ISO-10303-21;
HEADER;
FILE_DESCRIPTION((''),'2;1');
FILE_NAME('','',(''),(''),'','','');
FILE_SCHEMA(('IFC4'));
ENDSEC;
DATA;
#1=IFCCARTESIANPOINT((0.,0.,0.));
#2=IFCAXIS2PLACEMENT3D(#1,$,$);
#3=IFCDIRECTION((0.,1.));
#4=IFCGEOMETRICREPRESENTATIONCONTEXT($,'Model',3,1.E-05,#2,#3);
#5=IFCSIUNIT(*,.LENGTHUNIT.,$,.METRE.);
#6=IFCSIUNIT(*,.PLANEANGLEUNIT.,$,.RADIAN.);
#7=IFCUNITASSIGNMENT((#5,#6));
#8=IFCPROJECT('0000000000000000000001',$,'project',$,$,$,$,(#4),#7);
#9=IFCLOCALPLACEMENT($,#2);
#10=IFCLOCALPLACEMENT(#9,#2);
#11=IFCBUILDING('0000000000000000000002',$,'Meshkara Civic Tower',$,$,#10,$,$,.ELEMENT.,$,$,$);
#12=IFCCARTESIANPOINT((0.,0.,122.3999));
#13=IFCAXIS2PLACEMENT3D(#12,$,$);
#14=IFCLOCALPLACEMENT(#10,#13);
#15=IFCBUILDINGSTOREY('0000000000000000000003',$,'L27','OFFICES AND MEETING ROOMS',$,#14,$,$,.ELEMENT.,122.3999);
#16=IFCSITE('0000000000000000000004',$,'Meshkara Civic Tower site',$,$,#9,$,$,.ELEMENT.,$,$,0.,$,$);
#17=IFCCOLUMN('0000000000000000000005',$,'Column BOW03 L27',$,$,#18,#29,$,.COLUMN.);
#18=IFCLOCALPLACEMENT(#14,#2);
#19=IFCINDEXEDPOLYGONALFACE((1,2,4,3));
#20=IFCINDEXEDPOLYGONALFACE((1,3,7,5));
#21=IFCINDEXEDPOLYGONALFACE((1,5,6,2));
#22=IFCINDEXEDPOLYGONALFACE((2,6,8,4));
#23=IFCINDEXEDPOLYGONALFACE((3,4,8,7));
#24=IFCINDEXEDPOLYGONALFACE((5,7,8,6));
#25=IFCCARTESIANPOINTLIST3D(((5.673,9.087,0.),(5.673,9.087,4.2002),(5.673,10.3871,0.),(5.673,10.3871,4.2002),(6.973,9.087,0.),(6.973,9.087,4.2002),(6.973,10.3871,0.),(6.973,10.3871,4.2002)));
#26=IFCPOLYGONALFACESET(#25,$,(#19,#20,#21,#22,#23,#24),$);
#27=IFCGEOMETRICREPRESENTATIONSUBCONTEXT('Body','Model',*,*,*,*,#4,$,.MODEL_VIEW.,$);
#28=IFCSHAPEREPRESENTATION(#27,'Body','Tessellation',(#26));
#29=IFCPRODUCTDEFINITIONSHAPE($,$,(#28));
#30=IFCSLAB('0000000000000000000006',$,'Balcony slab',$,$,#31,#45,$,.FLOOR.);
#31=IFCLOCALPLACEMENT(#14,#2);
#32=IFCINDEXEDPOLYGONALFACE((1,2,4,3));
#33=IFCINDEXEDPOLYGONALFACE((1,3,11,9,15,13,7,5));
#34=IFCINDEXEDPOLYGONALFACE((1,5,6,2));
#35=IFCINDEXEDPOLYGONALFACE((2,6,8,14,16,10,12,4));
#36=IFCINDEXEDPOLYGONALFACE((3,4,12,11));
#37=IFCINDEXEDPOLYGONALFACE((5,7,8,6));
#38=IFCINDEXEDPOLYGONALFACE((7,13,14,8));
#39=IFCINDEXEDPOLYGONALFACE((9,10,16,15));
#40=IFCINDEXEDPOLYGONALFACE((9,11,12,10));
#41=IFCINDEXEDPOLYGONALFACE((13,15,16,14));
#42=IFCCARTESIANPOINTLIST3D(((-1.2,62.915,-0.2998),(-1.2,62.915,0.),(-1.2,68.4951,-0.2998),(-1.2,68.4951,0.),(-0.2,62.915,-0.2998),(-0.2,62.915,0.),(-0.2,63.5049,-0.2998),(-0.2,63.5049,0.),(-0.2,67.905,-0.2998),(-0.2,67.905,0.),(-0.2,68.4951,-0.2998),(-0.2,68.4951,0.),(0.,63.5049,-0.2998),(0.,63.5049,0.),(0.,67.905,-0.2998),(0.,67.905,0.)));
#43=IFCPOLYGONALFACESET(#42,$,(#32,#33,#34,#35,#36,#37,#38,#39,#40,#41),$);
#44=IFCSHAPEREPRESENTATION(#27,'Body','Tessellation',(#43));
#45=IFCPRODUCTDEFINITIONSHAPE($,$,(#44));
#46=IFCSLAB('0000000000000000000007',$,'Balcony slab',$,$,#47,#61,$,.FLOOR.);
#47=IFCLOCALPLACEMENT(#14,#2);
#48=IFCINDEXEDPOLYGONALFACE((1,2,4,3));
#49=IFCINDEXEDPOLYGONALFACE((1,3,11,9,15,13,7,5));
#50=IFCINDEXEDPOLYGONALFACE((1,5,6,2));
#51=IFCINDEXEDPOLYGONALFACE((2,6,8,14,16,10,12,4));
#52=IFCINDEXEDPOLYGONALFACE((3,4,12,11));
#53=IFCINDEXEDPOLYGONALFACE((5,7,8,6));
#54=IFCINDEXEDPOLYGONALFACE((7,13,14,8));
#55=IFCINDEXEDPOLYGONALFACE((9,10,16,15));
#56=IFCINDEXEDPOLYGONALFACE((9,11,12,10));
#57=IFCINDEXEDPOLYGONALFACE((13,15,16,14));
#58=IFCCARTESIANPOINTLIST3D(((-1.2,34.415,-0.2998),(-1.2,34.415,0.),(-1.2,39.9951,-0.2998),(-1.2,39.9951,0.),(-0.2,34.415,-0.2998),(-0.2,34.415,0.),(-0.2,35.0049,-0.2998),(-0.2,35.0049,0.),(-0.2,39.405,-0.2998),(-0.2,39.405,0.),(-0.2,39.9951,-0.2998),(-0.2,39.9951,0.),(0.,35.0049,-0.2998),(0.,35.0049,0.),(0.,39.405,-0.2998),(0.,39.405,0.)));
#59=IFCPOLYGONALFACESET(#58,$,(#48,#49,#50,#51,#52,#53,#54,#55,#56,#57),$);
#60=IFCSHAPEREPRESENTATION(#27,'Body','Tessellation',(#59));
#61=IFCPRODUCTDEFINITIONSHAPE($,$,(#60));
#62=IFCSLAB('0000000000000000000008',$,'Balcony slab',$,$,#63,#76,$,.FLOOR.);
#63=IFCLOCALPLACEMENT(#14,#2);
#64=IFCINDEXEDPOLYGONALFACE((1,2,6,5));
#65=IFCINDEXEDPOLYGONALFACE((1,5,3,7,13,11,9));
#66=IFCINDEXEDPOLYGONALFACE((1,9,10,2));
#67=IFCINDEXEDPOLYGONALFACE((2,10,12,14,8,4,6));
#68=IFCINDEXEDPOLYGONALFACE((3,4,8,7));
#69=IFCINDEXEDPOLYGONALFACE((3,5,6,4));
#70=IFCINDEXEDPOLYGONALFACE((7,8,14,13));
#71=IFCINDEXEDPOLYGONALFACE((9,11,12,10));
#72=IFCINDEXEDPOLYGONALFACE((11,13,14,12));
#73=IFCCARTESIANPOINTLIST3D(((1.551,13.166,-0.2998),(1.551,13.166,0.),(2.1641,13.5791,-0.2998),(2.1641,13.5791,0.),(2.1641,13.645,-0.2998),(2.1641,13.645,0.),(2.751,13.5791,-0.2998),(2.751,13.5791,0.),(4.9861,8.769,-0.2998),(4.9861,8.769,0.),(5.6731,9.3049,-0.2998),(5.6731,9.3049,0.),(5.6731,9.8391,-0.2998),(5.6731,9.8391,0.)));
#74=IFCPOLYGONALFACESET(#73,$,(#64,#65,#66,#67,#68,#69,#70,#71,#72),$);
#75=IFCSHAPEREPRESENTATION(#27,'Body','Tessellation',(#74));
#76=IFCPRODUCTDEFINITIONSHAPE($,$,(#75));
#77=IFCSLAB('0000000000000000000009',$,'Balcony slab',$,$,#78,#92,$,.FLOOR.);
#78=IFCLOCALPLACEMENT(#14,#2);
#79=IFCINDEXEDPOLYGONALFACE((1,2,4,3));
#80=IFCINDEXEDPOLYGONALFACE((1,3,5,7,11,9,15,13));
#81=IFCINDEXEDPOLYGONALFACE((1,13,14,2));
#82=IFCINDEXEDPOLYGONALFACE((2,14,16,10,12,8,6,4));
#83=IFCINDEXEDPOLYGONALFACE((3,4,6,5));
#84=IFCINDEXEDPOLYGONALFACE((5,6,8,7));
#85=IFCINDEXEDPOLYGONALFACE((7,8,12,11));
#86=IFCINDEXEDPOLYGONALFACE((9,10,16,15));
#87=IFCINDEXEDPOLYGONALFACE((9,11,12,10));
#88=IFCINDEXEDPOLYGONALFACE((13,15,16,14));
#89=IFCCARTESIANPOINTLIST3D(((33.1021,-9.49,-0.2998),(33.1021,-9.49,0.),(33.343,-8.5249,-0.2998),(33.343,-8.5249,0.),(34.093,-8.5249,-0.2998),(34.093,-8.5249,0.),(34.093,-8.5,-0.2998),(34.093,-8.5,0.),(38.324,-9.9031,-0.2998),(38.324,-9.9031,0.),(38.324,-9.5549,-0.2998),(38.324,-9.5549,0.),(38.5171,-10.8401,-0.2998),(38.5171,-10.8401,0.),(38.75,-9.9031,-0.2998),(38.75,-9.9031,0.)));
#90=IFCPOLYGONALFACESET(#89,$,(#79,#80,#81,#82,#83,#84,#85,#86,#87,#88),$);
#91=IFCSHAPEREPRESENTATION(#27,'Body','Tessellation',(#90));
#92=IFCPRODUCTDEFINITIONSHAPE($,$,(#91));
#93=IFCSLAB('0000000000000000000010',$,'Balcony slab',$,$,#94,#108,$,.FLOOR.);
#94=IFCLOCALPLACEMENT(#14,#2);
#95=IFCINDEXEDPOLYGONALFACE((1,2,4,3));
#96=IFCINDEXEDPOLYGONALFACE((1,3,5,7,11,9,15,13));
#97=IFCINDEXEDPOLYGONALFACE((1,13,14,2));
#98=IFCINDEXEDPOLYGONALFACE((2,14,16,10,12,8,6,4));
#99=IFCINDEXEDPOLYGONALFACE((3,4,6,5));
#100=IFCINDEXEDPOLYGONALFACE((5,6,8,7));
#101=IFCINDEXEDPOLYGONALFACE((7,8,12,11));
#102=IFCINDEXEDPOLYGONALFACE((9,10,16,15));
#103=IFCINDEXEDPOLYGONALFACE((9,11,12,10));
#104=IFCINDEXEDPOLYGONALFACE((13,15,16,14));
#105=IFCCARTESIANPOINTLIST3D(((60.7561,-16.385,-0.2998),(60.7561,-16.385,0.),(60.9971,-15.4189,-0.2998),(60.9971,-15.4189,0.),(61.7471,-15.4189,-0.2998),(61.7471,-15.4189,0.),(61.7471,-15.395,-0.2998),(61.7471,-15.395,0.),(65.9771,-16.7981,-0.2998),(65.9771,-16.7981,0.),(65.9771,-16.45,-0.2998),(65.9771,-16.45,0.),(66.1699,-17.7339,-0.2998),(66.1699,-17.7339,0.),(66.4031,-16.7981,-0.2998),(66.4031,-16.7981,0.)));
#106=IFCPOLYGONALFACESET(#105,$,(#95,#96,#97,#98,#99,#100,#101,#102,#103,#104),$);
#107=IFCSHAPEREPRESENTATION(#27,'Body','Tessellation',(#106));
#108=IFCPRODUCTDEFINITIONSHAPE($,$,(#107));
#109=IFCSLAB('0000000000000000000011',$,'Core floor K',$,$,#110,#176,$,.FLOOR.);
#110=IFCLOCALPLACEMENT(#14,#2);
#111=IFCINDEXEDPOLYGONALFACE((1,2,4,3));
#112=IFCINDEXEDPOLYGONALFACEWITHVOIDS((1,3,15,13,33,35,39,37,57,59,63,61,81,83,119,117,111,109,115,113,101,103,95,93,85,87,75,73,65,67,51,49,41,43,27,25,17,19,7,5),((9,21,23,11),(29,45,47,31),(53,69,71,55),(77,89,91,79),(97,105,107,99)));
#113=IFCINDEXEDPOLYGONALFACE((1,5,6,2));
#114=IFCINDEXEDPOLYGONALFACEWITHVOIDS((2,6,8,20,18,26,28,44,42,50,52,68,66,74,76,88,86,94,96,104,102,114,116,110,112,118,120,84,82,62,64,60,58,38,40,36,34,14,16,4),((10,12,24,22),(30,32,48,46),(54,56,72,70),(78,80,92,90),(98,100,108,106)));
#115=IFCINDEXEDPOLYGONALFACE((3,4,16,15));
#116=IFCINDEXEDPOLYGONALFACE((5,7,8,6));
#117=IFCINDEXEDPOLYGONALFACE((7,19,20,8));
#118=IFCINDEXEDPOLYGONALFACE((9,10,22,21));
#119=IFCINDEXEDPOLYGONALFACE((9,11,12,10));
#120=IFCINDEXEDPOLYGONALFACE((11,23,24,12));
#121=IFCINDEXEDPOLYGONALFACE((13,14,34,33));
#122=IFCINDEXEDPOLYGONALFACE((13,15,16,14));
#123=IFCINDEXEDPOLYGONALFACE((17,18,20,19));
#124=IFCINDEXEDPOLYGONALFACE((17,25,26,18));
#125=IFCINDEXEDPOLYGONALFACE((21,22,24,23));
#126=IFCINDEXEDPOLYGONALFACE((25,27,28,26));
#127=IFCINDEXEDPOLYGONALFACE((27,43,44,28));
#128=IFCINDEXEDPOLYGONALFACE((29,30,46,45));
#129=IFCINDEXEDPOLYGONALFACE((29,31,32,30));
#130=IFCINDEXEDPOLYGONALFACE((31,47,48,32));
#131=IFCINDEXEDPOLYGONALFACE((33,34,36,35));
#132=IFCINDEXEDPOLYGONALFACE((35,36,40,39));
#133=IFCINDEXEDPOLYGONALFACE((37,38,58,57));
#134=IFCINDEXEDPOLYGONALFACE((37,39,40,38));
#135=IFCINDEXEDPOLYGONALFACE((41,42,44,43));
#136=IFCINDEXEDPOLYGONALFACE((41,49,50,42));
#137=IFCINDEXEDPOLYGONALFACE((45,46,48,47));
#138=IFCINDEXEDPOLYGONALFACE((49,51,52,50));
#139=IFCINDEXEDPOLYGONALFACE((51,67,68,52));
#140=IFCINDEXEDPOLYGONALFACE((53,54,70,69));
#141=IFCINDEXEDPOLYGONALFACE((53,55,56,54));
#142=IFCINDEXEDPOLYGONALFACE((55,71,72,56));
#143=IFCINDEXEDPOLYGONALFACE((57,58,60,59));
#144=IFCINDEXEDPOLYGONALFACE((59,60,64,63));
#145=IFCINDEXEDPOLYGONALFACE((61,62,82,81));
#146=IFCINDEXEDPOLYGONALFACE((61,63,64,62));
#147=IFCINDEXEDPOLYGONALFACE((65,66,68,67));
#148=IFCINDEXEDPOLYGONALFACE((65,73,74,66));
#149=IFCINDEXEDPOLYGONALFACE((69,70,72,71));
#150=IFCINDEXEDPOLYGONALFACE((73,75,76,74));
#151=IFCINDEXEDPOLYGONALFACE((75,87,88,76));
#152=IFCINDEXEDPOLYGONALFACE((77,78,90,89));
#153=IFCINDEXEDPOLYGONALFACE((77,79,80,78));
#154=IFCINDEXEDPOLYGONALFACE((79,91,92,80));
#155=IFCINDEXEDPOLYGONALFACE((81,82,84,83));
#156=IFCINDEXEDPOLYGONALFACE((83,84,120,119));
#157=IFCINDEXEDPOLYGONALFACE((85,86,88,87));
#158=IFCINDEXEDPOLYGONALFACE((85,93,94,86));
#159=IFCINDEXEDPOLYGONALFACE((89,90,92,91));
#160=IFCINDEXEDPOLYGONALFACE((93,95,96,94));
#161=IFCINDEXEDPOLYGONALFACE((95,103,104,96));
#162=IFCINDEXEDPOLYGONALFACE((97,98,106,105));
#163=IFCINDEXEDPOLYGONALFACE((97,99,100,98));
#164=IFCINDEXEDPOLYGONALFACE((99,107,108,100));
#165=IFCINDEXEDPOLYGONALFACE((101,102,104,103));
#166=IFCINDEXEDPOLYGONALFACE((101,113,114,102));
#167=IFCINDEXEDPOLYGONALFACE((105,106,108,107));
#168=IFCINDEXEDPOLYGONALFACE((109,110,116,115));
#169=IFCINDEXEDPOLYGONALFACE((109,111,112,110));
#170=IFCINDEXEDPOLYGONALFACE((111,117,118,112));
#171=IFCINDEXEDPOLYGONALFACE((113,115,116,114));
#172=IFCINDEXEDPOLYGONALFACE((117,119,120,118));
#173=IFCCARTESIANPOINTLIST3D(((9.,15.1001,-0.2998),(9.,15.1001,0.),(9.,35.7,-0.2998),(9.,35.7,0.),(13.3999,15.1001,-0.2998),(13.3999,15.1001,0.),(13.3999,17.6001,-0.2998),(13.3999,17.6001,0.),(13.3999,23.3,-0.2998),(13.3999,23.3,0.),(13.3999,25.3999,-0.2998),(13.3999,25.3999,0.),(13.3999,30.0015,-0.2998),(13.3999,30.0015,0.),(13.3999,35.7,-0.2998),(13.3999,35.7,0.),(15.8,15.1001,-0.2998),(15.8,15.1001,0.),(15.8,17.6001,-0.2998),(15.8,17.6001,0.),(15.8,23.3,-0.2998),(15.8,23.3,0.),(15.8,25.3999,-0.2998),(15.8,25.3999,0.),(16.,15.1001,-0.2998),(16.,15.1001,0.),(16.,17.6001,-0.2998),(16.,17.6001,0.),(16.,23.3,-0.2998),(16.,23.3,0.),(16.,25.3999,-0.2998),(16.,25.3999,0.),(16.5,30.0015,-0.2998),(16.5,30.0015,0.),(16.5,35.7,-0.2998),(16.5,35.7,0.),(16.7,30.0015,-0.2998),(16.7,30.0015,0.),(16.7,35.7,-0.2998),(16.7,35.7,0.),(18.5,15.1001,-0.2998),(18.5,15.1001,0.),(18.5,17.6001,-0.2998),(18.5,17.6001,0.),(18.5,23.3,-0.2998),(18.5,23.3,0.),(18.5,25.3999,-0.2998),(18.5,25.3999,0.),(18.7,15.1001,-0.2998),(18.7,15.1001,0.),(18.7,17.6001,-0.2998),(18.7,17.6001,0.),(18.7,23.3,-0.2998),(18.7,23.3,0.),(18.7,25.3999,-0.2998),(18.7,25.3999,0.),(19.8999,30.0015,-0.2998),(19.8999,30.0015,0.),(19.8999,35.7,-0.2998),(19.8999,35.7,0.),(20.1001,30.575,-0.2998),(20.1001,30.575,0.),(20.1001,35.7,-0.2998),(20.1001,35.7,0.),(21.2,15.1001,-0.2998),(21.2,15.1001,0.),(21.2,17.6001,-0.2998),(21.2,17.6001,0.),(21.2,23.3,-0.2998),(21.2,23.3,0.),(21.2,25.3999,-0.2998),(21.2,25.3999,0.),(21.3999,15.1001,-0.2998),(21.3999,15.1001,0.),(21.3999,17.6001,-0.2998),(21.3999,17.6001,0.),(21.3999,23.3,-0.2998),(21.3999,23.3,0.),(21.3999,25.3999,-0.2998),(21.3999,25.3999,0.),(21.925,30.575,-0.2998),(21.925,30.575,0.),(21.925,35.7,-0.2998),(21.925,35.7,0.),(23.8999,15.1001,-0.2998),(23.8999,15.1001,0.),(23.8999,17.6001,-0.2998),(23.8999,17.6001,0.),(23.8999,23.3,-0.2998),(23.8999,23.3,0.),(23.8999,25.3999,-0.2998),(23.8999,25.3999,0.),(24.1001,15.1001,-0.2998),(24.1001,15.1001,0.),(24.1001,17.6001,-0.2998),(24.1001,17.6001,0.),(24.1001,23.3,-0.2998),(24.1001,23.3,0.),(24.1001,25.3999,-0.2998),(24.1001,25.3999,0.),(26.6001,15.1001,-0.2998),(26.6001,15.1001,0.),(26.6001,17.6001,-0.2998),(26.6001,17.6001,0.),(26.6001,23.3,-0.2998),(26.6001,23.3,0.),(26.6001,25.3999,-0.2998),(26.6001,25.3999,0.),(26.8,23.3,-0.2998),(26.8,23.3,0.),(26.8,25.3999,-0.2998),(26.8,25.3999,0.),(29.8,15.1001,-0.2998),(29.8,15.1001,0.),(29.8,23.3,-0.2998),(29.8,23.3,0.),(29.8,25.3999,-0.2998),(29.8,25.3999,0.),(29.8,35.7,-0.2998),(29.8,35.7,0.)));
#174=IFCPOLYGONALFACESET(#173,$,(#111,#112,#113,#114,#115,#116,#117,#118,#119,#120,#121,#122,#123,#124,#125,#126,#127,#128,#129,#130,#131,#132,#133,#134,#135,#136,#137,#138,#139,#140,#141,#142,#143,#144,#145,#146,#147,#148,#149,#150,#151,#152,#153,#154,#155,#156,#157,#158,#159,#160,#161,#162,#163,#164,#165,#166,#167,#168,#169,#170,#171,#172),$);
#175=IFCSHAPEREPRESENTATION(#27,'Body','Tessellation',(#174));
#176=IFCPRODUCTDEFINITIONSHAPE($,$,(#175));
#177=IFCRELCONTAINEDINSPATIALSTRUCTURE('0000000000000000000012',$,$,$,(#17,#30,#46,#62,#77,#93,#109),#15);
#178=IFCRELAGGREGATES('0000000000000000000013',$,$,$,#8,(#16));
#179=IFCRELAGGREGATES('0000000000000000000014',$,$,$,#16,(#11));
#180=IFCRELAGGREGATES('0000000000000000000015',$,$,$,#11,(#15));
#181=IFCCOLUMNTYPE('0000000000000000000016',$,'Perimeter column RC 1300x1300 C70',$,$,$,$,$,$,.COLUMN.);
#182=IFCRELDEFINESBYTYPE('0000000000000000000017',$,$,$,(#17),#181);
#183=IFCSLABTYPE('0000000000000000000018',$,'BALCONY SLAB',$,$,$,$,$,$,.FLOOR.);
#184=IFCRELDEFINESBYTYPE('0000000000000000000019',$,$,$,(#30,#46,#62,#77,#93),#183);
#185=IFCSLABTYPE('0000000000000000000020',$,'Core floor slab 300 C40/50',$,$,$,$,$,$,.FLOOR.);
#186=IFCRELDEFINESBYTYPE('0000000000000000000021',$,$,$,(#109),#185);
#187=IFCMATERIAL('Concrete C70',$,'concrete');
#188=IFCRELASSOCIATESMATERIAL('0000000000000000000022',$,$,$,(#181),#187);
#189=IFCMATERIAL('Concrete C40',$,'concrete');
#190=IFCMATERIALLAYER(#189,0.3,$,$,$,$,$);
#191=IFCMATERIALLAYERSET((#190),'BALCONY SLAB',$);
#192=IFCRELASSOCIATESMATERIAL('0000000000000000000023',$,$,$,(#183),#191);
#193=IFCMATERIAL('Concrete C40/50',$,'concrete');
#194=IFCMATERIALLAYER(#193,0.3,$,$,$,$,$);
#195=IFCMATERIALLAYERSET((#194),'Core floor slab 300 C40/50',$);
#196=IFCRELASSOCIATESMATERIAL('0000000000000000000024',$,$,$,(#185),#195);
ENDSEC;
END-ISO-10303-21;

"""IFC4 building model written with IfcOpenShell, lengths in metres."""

from ifc_helpers import new_model, si_unit, direction, frame, origin, origin_2d, place, context, subcontext, project, spatial, polyline, rectangle, outline, extrude, material, layer, layer_set, material_profile, profile_set, type_object, element, save


model = new_model("IFC4")

# Units and contexts
model_context = context("Model", 3, precision=1e-05, world=origin(), true_north=direction((0.0, 1.0)))
body_context = subcontext(model_context, "Body", "Model", "MODEL_VIEW")
ifc_project = project(units=[si_unit("LENGTHUNIT", "METRE"), si_unit("PLANEANGLEUNIT", "RADIAN")], contexts=[model_context])

# Site, building, storey
site_placement = place(None, origin())
site = spatial("IfcSite", under=ifc_project, at=site_placement, Name="Meshkara Civic Tower site", CompositionType="ELEMENT", RefElevation=0.0)
building_placement = place(site_placement, origin())
building = spatial("IfcBuilding", under=site, at=building_placement, Name="Meshkara Civic Tower", CompositionType="ELEMENT")
storey_placement = place(building_placement, frame((0.0, 0.0, 122.3999)))
storey = spatial("IfcBuildingStorey", under=building, at=storey_placement, Name="L27", Description="OFFICES AND MEETING ROOMS", CompositionType="ELEMENT", Elevation=122.3999)

# Column
ifc_material_1 = material(Name="Concrete C70", Category="concrete")
ifc_material_profile = material_profile(ifc_material_1, rectangle(XDim=1.3, YDim=1.3, at=origin_2d()))
ifc_profile_set = profile_set([ifc_material_profile], Name="Concrete C70")
column_type = type_object("IfcColumnType", Name="Perimeter column RC 1300x1300 C70", PredefinedType="COLUMN", material=ifc_profile_set)
column_placement = place(storey_placement, frame((6.323, 9.7371, 0.0), z_axis=(0.0, 0.0, 1.0), x_axis=(1.0, 0.0, 0.0)))
element("IfcColumn", 1, at=column_placement, inside=storey, type_object=column_type, Name="Column BOW03 L27", PredefinedType="COLUMN", context=body_context, shape_type="SweptSolid", body=[
    extrude(rectangle(XDim=1.3, YDim=1.3, at=origin_2d()), origin(), (0.0, 0.0, 1.0), 4.2002),
])

# Slabs
ifc_material_2 = material(Name="Concrete C40", Category="concrete")
ifc_layer_1 = layer(ifc_material_2, 0.3)
ifc_layer_set_1 = layer_set([ifc_layer_1], Name="BALCONY SLAB")
slab_type_1 = type_object("IfcSlabType", Name="BALCONY SLAB", PredefinedType="FLOOR", material=ifc_layer_set_1)
slab_1_placement = place(storey_placement, frame((0.0, 0.0, -0.2998)))
element("IfcSlab", 2, at=slab_1_placement, inside=storey, type_object=slab_type_1, Name="Balcony slab", PredefinedType="FLOOR", context=body_context, shape_type="SweptSolid", body=[
    extrude(outline(polyline([(-1.2, 62.915), (-1.2, 68.4951), (-0.2, 68.4951), (-0.2, 67.905), (0.0, 67.905), (0.0, 63.5049), (-0.2, 63.5049), (-0.2, 62.915), (-1.2, 62.915)])), origin(), (0.0, 0.0, 1.0), 0.2998),
])
slab_2_placement = place(storey_placement, frame((0.0, 0.0, -0.2998)))
element("IfcSlab", 3, at=slab_2_placement, inside=storey, type_object=slab_type_1, Name="Balcony slab", PredefinedType="FLOOR", context=body_context, shape_type="SweptSolid", body=[
    extrude(outline(polyline([(-1.2, 34.415), (-1.2, 39.9951), (-0.2, 39.9951), (-0.2, 39.405), (0.0, 39.405), (0.0, 35.0049), (-0.2, 35.0049), (-0.2, 34.415), (-1.2, 34.415)])), origin(), (0.0, 0.0, 1.0), 0.2998),
])
slab_3_placement = place(storey_placement, frame((0.0, 0.0, -0.2998)))
element("IfcSlab", 4, at=slab_3_placement, inside=storey, type_object=slab_type_1, Name="Balcony slab", PredefinedType="FLOOR", context=body_context, shape_type="SweptSolid", body=[
    extrude(outline(polyline([(4.9861, 8.769), (1.551, 13.166), (2.1641, 13.645), (2.1641, 13.5791), (2.751, 13.5791), (5.6731, 9.8391), (5.6731, 9.3049), (4.9861, 8.769)])), origin(), (0.0, 0.0, 1.0), 0.2998),
])
slab_4_placement = place(storey_placement, frame((0.0, 0.0, -0.2998)))
element("IfcSlab", 5, at=slab_4_placement, inside=storey, type_object=slab_type_1, Name="Balcony slab", PredefinedType="FLOOR", context=body_context, shape_type="SweptSolid", body=[
    extrude(outline(polyline([(38.5171, -10.8401), (33.1021, -9.49), (33.343, -8.5249), (34.093, -8.5249), (34.093, -8.5), (38.324, -9.5549), (38.324, -9.9031), (38.75, -9.9031), (38.5171, -10.8401)])), origin(), (0.0, 0.0, 1.0), 0.2998),
])
slab_5_placement = place(storey_placement, frame((0.0, 0.0, -0.2998)))
element("IfcSlab", 6, at=slab_5_placement, inside=storey, type_object=slab_type_1, Name="Balcony slab", PredefinedType="FLOOR", context=body_context, shape_type="SweptSolid", body=[
    extrude(outline(polyline([(66.1699, -17.7339), (60.7561, -16.385), (60.9971, -15.4189), (61.7471, -15.4189), (61.7471, -15.395), (65.9771, -16.45), (65.9771, -16.7981), (66.4031, -16.7981), (66.1699, -17.7339)])), origin(), (0.0, 0.0, 1.0), 0.2998),
])
ifc_material_3 = material(Name="Concrete C40/50", Category="concrete")
ifc_layer_2 = layer(ifc_material_3, 0.3)
ifc_layer_set_2 = layer_set([ifc_layer_2], Name="Core floor slab 300 C40/50")
slab_type_2 = type_object("IfcSlabType", Name="Core floor slab 300 C40/50", PredefinedType="FLOOR", material=ifc_layer_set_2)
slab_6_placement = place(storey_placement, frame((0.0, 0.0, -0.2998)))
element("IfcSlab", 7, at=slab_6_placement, inside=storey, type_object=slab_type_2, Name="Core floor K", PredefinedType="FLOOR", context=body_context, shape_type="SweptSolid", body=[
    extrude(outline(polyline([(9.0, 35.7), (13.3999, 35.7), (13.3999, 30.0015), (16.5, 30.0015), (16.5, 35.7), (16.7, 35.7), (16.7, 30.0015), (19.8999, 30.0015), (19.8999, 35.7), (20.1001, 35.7), (20.1001, 30.575), (21.925, 30.575), (21.925, 35.7), (29.8, 35.7), (29.8, 25.3999), (26.8, 25.3999), (26.8, 23.3), (29.8, 23.3), (29.8, 15.1001), (26.6001, 15.1001), (26.6001, 17.6001), (24.1001, 17.6001), (24.1001, 15.1001), (23.8999, 15.1001), (23.8999, 17.6001), (21.3999, 17.6001), (21.3999, 15.1001), (21.2, 15.1001), (21.2, 17.6001), (18.7, 17.6001), (18.7, 15.1001), (18.5, 15.1001), (18.5, 17.6001), (16.0, 17.6001), (16.0, 15.1001), (15.8, 15.1001), (15.8, 17.6001), (13.3999, 17.6001), (13.3999, 15.1001), (9.0, 15.1001), (9.0, 35.7)]), holes=[polyline([(13.3999, 25.3999), (13.3999, 23.3), (15.8, 23.3), (15.8, 25.3999), (13.3999, 25.3999)]), polyline([(18.5, 23.3), (18.5, 25.3999), (16.0, 25.3999), (16.0, 23.3), (18.5, 23.3)]), polyline([(18.7, 25.3999), (18.7, 23.3), (21.2, 23.3), (21.2, 25.3999), (18.7, 25.3999)]), polyline([(23.8999, 23.3), (23.8999, 25.3999), (21.3999, 25.3999), (21.3999, 23.3), (23.8999, 23.3)]), polyline([(26.6001, 23.3), (26.6001, 25.3999), (24.1001, 25.3999), (24.1001, 23.3), (26.6001, 23.3)])]), origin(), (0.0, 0.0, 1.0), 0.2998),
])

save(model, "model.ifc")
